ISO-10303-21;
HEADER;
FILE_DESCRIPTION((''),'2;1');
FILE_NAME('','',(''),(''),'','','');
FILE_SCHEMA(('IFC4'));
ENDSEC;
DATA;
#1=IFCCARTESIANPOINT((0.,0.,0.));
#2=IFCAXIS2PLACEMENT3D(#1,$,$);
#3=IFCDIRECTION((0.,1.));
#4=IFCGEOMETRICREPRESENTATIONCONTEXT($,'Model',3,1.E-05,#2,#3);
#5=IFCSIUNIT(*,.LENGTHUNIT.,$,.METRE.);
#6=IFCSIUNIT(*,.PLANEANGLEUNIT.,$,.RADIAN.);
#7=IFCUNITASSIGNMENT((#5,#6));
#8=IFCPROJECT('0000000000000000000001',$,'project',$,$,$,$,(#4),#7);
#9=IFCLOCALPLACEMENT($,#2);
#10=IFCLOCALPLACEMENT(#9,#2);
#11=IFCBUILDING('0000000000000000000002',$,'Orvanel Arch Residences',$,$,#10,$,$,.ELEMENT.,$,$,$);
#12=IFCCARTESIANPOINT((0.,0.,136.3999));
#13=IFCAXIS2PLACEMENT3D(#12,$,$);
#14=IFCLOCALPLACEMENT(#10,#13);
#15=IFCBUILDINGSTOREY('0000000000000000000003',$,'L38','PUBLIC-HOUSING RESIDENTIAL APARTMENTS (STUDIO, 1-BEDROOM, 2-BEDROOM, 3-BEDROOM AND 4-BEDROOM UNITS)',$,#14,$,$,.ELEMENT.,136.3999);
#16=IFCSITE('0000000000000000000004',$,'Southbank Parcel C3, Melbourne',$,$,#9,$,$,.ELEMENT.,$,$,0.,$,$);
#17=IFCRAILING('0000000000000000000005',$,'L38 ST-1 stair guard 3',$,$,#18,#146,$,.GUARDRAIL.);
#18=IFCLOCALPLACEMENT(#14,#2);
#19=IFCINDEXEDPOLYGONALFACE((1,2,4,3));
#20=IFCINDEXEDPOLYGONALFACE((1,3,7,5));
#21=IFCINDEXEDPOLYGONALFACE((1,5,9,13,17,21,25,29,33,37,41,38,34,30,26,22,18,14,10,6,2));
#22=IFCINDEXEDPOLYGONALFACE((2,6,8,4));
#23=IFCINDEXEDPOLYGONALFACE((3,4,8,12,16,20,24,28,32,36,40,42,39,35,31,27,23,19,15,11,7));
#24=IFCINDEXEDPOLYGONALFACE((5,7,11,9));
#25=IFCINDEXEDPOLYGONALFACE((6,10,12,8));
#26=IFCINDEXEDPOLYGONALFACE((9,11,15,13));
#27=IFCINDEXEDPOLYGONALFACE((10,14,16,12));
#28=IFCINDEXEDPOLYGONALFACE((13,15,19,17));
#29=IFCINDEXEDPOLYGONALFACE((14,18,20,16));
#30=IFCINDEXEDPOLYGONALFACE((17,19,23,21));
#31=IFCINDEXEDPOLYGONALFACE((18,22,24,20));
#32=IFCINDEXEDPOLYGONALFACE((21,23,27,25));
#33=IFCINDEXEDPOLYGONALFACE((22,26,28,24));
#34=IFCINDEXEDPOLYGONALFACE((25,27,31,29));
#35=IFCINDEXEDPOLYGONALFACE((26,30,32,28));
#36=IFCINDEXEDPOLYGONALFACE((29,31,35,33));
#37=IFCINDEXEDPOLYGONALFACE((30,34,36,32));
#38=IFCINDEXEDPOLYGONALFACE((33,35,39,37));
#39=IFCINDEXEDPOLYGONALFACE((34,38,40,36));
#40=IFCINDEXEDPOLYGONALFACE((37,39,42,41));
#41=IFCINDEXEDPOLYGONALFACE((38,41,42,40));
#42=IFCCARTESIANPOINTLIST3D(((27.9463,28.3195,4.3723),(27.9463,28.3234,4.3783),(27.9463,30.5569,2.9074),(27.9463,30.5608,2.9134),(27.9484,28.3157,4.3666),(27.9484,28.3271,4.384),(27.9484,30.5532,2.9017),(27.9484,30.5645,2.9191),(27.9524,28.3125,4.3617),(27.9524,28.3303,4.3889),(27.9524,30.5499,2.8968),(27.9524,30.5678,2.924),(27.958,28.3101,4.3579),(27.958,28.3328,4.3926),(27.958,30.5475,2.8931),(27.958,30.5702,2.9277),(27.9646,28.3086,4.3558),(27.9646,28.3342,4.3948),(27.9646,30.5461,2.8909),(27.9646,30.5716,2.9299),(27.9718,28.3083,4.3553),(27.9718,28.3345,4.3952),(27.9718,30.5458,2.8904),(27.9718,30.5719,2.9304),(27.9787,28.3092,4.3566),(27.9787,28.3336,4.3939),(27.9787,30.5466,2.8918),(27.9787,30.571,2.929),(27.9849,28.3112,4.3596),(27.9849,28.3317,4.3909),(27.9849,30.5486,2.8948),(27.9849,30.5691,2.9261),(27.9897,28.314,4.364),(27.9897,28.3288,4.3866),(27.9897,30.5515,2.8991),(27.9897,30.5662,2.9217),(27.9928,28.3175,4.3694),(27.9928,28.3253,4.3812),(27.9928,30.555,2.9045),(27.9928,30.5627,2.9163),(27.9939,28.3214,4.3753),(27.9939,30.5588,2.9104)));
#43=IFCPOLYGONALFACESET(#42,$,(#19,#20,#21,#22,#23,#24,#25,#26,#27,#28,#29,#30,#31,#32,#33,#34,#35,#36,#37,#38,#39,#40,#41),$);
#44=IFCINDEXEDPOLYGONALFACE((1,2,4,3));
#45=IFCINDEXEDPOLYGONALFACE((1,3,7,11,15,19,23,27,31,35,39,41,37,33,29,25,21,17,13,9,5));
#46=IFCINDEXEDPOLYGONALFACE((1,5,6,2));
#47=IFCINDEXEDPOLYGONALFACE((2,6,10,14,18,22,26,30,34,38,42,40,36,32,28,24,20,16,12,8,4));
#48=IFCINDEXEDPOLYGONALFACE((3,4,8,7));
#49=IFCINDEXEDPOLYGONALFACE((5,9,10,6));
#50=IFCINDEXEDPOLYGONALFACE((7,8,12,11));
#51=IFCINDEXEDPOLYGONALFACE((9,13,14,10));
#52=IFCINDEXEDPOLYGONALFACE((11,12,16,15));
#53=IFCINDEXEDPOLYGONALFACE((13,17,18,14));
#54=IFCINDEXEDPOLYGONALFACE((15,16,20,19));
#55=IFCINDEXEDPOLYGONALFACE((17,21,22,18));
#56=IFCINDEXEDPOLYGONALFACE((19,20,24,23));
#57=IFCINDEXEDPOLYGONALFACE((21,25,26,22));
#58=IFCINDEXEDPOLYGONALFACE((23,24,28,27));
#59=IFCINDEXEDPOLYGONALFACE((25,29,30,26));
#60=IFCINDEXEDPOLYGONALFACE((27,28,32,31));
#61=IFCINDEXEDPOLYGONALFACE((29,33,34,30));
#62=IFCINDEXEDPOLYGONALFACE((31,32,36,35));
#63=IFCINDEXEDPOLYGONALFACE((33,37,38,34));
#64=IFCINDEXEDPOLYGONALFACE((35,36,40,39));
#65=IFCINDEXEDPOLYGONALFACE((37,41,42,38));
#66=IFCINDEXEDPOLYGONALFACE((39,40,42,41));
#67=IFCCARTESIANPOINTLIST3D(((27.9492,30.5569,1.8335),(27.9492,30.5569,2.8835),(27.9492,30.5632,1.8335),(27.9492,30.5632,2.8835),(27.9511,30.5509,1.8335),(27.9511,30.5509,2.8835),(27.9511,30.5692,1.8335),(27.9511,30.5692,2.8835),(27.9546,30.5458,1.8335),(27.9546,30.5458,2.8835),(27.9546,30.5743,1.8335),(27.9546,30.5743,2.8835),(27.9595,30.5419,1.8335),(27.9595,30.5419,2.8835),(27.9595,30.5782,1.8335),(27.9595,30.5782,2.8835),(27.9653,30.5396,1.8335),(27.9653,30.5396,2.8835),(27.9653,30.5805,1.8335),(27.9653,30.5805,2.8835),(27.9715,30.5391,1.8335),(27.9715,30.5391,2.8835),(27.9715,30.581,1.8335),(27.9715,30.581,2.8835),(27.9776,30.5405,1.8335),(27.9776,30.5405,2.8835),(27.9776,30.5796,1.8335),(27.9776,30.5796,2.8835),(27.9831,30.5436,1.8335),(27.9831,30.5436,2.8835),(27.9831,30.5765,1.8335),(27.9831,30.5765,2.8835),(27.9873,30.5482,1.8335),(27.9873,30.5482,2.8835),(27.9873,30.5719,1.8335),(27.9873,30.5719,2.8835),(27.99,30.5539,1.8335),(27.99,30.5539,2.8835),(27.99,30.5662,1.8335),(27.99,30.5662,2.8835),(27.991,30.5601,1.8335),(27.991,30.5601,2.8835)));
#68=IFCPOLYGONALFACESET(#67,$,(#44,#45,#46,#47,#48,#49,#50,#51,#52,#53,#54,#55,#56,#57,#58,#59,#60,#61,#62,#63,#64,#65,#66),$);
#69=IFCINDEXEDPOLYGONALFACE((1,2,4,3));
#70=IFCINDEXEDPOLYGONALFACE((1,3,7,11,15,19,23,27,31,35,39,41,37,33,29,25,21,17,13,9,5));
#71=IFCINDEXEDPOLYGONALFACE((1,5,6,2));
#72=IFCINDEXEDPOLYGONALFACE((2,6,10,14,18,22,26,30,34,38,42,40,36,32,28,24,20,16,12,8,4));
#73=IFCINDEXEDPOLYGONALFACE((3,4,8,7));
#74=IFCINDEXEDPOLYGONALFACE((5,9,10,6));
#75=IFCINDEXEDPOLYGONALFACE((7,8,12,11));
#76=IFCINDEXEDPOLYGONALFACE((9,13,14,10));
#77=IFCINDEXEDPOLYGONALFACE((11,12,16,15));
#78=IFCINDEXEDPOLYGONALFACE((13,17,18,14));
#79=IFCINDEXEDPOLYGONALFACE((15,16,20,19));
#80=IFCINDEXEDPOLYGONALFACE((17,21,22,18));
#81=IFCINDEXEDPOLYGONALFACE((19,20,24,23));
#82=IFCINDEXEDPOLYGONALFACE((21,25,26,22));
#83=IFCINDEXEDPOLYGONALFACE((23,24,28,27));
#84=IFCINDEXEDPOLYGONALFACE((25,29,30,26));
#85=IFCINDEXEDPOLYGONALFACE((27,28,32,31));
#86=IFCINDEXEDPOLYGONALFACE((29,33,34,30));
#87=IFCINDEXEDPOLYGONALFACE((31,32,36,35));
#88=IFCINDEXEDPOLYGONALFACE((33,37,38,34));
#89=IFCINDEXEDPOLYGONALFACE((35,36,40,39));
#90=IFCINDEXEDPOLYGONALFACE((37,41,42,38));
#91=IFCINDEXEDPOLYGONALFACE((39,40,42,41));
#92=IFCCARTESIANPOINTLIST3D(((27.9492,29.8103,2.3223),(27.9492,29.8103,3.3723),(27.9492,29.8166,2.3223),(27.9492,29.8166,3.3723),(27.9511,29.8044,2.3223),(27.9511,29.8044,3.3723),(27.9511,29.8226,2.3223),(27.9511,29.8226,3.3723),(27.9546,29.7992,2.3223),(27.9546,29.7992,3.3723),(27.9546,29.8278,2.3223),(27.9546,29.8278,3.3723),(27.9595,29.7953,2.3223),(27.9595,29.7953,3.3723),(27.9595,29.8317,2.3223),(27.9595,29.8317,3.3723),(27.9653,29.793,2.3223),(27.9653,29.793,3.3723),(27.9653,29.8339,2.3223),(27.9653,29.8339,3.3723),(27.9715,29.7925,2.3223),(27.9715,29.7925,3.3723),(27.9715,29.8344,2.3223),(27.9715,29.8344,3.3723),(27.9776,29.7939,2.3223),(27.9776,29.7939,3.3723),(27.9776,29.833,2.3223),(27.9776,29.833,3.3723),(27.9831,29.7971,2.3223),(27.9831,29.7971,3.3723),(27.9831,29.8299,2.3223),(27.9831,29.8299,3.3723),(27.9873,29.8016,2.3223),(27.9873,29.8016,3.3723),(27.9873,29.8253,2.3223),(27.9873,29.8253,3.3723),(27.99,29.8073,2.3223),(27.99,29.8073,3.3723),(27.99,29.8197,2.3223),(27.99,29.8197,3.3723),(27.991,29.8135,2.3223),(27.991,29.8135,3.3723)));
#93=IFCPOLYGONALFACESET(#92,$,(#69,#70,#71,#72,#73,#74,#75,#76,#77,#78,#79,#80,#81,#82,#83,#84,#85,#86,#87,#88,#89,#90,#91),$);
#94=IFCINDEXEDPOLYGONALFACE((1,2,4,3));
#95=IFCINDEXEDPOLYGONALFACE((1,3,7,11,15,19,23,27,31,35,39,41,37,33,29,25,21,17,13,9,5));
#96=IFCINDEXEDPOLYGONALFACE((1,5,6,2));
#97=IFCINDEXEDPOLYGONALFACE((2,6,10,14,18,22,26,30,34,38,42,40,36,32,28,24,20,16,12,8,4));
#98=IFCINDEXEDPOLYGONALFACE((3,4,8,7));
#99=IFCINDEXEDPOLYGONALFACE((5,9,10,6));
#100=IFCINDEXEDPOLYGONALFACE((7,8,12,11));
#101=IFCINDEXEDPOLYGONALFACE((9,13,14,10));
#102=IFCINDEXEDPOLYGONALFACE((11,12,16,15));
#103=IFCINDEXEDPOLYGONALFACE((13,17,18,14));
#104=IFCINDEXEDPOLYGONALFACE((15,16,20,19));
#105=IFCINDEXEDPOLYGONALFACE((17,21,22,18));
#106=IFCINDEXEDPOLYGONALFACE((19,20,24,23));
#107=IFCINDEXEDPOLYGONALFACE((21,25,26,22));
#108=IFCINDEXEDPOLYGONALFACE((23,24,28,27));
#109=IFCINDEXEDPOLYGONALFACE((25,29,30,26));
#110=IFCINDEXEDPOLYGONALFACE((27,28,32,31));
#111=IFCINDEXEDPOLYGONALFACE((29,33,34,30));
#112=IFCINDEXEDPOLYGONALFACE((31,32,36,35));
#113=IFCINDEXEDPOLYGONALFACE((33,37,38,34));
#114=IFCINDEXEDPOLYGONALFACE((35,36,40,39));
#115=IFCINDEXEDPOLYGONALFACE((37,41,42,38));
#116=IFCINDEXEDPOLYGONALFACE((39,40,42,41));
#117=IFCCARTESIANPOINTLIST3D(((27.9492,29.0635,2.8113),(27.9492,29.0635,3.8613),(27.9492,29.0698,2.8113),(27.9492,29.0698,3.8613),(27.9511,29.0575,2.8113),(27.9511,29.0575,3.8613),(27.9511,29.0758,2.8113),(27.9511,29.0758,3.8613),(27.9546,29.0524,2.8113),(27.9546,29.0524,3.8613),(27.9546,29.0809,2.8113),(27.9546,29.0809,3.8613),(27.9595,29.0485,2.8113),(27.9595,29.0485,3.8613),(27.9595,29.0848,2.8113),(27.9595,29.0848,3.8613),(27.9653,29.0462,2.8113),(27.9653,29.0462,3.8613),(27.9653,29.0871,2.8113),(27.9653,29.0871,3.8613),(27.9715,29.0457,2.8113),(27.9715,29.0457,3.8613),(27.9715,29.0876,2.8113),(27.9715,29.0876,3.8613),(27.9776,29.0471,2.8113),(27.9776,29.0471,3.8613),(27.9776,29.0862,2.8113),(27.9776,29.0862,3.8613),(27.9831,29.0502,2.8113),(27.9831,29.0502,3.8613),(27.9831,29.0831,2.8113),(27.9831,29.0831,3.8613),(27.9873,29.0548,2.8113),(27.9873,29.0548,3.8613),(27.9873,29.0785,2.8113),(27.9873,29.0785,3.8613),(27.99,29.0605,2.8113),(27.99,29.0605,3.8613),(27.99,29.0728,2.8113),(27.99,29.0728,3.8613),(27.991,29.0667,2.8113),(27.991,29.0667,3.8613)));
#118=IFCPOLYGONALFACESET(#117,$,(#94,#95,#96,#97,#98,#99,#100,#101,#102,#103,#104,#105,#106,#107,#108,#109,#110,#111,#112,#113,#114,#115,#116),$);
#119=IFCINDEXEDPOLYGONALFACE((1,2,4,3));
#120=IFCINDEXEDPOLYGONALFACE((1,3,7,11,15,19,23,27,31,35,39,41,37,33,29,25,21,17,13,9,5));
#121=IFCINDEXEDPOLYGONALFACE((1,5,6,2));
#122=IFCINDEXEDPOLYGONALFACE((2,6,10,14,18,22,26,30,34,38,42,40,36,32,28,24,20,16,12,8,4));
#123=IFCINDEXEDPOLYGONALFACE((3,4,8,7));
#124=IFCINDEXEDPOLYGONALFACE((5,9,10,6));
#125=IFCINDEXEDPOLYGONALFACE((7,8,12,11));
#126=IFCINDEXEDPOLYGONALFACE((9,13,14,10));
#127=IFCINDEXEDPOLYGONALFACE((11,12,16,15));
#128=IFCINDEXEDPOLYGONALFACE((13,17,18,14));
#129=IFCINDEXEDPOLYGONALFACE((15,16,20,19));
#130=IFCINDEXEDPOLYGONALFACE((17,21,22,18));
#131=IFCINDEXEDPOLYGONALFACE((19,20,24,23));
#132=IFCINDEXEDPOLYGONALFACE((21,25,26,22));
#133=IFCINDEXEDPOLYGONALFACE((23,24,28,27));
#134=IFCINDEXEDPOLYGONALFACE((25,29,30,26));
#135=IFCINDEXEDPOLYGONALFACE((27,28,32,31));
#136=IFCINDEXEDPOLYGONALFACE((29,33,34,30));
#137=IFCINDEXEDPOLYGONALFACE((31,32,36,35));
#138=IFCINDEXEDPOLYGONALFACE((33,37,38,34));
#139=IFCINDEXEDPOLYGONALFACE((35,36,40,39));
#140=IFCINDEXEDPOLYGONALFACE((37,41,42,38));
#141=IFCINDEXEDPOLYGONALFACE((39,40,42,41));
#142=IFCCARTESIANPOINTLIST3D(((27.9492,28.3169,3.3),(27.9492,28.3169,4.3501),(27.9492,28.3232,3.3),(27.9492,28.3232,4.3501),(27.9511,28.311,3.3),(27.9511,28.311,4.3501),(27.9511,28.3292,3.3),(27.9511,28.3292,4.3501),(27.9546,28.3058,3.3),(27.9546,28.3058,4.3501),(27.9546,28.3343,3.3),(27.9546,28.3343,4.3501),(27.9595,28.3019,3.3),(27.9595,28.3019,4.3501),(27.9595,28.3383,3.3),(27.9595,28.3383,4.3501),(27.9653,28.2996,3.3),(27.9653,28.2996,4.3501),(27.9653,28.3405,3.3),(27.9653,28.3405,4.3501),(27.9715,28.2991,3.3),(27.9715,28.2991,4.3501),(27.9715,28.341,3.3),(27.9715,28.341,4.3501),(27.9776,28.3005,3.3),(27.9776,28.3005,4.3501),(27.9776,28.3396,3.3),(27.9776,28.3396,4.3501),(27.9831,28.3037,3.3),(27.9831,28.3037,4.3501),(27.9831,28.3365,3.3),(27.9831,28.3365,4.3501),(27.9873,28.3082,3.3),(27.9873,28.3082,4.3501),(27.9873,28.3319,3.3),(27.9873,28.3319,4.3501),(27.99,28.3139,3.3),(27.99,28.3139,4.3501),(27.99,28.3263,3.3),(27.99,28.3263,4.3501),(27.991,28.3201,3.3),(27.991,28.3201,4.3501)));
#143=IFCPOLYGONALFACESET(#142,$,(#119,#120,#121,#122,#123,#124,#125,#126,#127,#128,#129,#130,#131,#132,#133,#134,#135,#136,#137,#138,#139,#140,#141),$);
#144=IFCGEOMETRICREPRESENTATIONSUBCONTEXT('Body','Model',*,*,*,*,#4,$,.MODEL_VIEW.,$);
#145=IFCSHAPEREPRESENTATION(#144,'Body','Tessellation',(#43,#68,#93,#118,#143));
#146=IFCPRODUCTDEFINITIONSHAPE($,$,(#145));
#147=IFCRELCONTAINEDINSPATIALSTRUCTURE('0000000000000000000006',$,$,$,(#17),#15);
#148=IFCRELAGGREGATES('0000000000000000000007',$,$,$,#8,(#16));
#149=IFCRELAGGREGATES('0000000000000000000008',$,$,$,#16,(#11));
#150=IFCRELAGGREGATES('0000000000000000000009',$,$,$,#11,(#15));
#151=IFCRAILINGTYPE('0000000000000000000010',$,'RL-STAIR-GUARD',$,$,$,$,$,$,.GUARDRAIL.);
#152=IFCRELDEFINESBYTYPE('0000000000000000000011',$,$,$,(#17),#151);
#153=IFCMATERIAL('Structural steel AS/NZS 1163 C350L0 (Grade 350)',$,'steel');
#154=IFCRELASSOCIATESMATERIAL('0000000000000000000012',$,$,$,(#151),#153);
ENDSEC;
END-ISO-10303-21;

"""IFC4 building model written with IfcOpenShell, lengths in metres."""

from ifc_helpers import new_model, si_unit, direction, frame, origin, origin_2d, place, context, subcontext, project, spatial, circle, extrude, material, type_object, element, save


model = new_model("IFC4")

# Units and contexts
model_context = context("Model", 3, precision=1e-05, world=origin(), true_north=direction((0.0, 1.0)))
body_context = subcontext(model_context, "Body", "Model", "MODEL_VIEW")
ifc_project = project(units=[si_unit("LENGTHUNIT", "METRE"), si_unit("PLANEANGLEUNIT", "RADIAN")], contexts=[model_context])

# Site, building, storey
site_placement = place(None, origin())
site = spatial("IfcSite", under=ifc_project, at=site_placement, Name="Southbank Parcel C3, Melbourne", CompositionType="ELEMENT", RefElevation=0.0)
building_placement = place(site_placement, origin())
building = spatial("IfcBuilding", under=site, at=building_placement, Name="Orvanel Arch Residences", CompositionType="ELEMENT")
storey_placement = place(building_placement, frame((0.0, 0.0, 136.3999)))
storey = spatial("IfcBuildingStorey", under=building, at=storey_placement, Name="L38", Description="PUBLIC-HOUSING RESIDENTIAL APARTMENTS (STUDIO, 1-BEDROOM, 2-BEDROOM, 3-BEDROOM AND 4-BEDROOM UNITS)", CompositionType="ELEMENT", Elevation=136.3999)

# Railing
ifc_material_1 = material(Name="Structural steel AS/NZS 1163 C350L0 (Grade 350)", Category="steel")
railing_type_1 = type_object("IfcRailingType", Name="RL-STAIR-GUARD", PredefinedType="GUARDRAIL", material=ifc_material_1)
railing_1_placement = place(storey_placement, frame((27.97, 30.5601, 1.8335)))
element("IfcRailing", 1, at=railing_1_placement, inside=storey, type_object=railing_type_1, Name="L38 ST-1 stair guard 3", PredefinedType="GUARDRAIL", context=body_context, shape_type="SweptSolid", body=[
    extrude(circle(Radius=0.0239, at=origin_2d()), frame((0.0, -0.0012, 1.0769), z_axis=(0.0, -0.836637, 0.547758), x_axis=(1.0, 0.0, 0.0)), (0.0, 0.0, 1.0), 2.6743),
    extrude(circle(Radius=0.021, at=origin_2d()), origin(), (0.0, 0.0, 1.0), 1.05),
    extrude(circle(Radius=0.021, at=origin_2d()), frame((0.0, -0.7466, 0.4888)), (0.0, 0.0, 1.0), 1.05),
    extrude(circle(Radius=0.021, at=origin_2d()), frame((0.0, -1.4934, 0.9778)), (0.0, 0.0, 1.0), 1.05),
    extrude(circle(Radius=0.021, at=origin_2d()), frame((0.0, -2.24, 1.4666)), (0.0, 0.0, 1.0), 1.05),
])

save(model, "model.ifc")
